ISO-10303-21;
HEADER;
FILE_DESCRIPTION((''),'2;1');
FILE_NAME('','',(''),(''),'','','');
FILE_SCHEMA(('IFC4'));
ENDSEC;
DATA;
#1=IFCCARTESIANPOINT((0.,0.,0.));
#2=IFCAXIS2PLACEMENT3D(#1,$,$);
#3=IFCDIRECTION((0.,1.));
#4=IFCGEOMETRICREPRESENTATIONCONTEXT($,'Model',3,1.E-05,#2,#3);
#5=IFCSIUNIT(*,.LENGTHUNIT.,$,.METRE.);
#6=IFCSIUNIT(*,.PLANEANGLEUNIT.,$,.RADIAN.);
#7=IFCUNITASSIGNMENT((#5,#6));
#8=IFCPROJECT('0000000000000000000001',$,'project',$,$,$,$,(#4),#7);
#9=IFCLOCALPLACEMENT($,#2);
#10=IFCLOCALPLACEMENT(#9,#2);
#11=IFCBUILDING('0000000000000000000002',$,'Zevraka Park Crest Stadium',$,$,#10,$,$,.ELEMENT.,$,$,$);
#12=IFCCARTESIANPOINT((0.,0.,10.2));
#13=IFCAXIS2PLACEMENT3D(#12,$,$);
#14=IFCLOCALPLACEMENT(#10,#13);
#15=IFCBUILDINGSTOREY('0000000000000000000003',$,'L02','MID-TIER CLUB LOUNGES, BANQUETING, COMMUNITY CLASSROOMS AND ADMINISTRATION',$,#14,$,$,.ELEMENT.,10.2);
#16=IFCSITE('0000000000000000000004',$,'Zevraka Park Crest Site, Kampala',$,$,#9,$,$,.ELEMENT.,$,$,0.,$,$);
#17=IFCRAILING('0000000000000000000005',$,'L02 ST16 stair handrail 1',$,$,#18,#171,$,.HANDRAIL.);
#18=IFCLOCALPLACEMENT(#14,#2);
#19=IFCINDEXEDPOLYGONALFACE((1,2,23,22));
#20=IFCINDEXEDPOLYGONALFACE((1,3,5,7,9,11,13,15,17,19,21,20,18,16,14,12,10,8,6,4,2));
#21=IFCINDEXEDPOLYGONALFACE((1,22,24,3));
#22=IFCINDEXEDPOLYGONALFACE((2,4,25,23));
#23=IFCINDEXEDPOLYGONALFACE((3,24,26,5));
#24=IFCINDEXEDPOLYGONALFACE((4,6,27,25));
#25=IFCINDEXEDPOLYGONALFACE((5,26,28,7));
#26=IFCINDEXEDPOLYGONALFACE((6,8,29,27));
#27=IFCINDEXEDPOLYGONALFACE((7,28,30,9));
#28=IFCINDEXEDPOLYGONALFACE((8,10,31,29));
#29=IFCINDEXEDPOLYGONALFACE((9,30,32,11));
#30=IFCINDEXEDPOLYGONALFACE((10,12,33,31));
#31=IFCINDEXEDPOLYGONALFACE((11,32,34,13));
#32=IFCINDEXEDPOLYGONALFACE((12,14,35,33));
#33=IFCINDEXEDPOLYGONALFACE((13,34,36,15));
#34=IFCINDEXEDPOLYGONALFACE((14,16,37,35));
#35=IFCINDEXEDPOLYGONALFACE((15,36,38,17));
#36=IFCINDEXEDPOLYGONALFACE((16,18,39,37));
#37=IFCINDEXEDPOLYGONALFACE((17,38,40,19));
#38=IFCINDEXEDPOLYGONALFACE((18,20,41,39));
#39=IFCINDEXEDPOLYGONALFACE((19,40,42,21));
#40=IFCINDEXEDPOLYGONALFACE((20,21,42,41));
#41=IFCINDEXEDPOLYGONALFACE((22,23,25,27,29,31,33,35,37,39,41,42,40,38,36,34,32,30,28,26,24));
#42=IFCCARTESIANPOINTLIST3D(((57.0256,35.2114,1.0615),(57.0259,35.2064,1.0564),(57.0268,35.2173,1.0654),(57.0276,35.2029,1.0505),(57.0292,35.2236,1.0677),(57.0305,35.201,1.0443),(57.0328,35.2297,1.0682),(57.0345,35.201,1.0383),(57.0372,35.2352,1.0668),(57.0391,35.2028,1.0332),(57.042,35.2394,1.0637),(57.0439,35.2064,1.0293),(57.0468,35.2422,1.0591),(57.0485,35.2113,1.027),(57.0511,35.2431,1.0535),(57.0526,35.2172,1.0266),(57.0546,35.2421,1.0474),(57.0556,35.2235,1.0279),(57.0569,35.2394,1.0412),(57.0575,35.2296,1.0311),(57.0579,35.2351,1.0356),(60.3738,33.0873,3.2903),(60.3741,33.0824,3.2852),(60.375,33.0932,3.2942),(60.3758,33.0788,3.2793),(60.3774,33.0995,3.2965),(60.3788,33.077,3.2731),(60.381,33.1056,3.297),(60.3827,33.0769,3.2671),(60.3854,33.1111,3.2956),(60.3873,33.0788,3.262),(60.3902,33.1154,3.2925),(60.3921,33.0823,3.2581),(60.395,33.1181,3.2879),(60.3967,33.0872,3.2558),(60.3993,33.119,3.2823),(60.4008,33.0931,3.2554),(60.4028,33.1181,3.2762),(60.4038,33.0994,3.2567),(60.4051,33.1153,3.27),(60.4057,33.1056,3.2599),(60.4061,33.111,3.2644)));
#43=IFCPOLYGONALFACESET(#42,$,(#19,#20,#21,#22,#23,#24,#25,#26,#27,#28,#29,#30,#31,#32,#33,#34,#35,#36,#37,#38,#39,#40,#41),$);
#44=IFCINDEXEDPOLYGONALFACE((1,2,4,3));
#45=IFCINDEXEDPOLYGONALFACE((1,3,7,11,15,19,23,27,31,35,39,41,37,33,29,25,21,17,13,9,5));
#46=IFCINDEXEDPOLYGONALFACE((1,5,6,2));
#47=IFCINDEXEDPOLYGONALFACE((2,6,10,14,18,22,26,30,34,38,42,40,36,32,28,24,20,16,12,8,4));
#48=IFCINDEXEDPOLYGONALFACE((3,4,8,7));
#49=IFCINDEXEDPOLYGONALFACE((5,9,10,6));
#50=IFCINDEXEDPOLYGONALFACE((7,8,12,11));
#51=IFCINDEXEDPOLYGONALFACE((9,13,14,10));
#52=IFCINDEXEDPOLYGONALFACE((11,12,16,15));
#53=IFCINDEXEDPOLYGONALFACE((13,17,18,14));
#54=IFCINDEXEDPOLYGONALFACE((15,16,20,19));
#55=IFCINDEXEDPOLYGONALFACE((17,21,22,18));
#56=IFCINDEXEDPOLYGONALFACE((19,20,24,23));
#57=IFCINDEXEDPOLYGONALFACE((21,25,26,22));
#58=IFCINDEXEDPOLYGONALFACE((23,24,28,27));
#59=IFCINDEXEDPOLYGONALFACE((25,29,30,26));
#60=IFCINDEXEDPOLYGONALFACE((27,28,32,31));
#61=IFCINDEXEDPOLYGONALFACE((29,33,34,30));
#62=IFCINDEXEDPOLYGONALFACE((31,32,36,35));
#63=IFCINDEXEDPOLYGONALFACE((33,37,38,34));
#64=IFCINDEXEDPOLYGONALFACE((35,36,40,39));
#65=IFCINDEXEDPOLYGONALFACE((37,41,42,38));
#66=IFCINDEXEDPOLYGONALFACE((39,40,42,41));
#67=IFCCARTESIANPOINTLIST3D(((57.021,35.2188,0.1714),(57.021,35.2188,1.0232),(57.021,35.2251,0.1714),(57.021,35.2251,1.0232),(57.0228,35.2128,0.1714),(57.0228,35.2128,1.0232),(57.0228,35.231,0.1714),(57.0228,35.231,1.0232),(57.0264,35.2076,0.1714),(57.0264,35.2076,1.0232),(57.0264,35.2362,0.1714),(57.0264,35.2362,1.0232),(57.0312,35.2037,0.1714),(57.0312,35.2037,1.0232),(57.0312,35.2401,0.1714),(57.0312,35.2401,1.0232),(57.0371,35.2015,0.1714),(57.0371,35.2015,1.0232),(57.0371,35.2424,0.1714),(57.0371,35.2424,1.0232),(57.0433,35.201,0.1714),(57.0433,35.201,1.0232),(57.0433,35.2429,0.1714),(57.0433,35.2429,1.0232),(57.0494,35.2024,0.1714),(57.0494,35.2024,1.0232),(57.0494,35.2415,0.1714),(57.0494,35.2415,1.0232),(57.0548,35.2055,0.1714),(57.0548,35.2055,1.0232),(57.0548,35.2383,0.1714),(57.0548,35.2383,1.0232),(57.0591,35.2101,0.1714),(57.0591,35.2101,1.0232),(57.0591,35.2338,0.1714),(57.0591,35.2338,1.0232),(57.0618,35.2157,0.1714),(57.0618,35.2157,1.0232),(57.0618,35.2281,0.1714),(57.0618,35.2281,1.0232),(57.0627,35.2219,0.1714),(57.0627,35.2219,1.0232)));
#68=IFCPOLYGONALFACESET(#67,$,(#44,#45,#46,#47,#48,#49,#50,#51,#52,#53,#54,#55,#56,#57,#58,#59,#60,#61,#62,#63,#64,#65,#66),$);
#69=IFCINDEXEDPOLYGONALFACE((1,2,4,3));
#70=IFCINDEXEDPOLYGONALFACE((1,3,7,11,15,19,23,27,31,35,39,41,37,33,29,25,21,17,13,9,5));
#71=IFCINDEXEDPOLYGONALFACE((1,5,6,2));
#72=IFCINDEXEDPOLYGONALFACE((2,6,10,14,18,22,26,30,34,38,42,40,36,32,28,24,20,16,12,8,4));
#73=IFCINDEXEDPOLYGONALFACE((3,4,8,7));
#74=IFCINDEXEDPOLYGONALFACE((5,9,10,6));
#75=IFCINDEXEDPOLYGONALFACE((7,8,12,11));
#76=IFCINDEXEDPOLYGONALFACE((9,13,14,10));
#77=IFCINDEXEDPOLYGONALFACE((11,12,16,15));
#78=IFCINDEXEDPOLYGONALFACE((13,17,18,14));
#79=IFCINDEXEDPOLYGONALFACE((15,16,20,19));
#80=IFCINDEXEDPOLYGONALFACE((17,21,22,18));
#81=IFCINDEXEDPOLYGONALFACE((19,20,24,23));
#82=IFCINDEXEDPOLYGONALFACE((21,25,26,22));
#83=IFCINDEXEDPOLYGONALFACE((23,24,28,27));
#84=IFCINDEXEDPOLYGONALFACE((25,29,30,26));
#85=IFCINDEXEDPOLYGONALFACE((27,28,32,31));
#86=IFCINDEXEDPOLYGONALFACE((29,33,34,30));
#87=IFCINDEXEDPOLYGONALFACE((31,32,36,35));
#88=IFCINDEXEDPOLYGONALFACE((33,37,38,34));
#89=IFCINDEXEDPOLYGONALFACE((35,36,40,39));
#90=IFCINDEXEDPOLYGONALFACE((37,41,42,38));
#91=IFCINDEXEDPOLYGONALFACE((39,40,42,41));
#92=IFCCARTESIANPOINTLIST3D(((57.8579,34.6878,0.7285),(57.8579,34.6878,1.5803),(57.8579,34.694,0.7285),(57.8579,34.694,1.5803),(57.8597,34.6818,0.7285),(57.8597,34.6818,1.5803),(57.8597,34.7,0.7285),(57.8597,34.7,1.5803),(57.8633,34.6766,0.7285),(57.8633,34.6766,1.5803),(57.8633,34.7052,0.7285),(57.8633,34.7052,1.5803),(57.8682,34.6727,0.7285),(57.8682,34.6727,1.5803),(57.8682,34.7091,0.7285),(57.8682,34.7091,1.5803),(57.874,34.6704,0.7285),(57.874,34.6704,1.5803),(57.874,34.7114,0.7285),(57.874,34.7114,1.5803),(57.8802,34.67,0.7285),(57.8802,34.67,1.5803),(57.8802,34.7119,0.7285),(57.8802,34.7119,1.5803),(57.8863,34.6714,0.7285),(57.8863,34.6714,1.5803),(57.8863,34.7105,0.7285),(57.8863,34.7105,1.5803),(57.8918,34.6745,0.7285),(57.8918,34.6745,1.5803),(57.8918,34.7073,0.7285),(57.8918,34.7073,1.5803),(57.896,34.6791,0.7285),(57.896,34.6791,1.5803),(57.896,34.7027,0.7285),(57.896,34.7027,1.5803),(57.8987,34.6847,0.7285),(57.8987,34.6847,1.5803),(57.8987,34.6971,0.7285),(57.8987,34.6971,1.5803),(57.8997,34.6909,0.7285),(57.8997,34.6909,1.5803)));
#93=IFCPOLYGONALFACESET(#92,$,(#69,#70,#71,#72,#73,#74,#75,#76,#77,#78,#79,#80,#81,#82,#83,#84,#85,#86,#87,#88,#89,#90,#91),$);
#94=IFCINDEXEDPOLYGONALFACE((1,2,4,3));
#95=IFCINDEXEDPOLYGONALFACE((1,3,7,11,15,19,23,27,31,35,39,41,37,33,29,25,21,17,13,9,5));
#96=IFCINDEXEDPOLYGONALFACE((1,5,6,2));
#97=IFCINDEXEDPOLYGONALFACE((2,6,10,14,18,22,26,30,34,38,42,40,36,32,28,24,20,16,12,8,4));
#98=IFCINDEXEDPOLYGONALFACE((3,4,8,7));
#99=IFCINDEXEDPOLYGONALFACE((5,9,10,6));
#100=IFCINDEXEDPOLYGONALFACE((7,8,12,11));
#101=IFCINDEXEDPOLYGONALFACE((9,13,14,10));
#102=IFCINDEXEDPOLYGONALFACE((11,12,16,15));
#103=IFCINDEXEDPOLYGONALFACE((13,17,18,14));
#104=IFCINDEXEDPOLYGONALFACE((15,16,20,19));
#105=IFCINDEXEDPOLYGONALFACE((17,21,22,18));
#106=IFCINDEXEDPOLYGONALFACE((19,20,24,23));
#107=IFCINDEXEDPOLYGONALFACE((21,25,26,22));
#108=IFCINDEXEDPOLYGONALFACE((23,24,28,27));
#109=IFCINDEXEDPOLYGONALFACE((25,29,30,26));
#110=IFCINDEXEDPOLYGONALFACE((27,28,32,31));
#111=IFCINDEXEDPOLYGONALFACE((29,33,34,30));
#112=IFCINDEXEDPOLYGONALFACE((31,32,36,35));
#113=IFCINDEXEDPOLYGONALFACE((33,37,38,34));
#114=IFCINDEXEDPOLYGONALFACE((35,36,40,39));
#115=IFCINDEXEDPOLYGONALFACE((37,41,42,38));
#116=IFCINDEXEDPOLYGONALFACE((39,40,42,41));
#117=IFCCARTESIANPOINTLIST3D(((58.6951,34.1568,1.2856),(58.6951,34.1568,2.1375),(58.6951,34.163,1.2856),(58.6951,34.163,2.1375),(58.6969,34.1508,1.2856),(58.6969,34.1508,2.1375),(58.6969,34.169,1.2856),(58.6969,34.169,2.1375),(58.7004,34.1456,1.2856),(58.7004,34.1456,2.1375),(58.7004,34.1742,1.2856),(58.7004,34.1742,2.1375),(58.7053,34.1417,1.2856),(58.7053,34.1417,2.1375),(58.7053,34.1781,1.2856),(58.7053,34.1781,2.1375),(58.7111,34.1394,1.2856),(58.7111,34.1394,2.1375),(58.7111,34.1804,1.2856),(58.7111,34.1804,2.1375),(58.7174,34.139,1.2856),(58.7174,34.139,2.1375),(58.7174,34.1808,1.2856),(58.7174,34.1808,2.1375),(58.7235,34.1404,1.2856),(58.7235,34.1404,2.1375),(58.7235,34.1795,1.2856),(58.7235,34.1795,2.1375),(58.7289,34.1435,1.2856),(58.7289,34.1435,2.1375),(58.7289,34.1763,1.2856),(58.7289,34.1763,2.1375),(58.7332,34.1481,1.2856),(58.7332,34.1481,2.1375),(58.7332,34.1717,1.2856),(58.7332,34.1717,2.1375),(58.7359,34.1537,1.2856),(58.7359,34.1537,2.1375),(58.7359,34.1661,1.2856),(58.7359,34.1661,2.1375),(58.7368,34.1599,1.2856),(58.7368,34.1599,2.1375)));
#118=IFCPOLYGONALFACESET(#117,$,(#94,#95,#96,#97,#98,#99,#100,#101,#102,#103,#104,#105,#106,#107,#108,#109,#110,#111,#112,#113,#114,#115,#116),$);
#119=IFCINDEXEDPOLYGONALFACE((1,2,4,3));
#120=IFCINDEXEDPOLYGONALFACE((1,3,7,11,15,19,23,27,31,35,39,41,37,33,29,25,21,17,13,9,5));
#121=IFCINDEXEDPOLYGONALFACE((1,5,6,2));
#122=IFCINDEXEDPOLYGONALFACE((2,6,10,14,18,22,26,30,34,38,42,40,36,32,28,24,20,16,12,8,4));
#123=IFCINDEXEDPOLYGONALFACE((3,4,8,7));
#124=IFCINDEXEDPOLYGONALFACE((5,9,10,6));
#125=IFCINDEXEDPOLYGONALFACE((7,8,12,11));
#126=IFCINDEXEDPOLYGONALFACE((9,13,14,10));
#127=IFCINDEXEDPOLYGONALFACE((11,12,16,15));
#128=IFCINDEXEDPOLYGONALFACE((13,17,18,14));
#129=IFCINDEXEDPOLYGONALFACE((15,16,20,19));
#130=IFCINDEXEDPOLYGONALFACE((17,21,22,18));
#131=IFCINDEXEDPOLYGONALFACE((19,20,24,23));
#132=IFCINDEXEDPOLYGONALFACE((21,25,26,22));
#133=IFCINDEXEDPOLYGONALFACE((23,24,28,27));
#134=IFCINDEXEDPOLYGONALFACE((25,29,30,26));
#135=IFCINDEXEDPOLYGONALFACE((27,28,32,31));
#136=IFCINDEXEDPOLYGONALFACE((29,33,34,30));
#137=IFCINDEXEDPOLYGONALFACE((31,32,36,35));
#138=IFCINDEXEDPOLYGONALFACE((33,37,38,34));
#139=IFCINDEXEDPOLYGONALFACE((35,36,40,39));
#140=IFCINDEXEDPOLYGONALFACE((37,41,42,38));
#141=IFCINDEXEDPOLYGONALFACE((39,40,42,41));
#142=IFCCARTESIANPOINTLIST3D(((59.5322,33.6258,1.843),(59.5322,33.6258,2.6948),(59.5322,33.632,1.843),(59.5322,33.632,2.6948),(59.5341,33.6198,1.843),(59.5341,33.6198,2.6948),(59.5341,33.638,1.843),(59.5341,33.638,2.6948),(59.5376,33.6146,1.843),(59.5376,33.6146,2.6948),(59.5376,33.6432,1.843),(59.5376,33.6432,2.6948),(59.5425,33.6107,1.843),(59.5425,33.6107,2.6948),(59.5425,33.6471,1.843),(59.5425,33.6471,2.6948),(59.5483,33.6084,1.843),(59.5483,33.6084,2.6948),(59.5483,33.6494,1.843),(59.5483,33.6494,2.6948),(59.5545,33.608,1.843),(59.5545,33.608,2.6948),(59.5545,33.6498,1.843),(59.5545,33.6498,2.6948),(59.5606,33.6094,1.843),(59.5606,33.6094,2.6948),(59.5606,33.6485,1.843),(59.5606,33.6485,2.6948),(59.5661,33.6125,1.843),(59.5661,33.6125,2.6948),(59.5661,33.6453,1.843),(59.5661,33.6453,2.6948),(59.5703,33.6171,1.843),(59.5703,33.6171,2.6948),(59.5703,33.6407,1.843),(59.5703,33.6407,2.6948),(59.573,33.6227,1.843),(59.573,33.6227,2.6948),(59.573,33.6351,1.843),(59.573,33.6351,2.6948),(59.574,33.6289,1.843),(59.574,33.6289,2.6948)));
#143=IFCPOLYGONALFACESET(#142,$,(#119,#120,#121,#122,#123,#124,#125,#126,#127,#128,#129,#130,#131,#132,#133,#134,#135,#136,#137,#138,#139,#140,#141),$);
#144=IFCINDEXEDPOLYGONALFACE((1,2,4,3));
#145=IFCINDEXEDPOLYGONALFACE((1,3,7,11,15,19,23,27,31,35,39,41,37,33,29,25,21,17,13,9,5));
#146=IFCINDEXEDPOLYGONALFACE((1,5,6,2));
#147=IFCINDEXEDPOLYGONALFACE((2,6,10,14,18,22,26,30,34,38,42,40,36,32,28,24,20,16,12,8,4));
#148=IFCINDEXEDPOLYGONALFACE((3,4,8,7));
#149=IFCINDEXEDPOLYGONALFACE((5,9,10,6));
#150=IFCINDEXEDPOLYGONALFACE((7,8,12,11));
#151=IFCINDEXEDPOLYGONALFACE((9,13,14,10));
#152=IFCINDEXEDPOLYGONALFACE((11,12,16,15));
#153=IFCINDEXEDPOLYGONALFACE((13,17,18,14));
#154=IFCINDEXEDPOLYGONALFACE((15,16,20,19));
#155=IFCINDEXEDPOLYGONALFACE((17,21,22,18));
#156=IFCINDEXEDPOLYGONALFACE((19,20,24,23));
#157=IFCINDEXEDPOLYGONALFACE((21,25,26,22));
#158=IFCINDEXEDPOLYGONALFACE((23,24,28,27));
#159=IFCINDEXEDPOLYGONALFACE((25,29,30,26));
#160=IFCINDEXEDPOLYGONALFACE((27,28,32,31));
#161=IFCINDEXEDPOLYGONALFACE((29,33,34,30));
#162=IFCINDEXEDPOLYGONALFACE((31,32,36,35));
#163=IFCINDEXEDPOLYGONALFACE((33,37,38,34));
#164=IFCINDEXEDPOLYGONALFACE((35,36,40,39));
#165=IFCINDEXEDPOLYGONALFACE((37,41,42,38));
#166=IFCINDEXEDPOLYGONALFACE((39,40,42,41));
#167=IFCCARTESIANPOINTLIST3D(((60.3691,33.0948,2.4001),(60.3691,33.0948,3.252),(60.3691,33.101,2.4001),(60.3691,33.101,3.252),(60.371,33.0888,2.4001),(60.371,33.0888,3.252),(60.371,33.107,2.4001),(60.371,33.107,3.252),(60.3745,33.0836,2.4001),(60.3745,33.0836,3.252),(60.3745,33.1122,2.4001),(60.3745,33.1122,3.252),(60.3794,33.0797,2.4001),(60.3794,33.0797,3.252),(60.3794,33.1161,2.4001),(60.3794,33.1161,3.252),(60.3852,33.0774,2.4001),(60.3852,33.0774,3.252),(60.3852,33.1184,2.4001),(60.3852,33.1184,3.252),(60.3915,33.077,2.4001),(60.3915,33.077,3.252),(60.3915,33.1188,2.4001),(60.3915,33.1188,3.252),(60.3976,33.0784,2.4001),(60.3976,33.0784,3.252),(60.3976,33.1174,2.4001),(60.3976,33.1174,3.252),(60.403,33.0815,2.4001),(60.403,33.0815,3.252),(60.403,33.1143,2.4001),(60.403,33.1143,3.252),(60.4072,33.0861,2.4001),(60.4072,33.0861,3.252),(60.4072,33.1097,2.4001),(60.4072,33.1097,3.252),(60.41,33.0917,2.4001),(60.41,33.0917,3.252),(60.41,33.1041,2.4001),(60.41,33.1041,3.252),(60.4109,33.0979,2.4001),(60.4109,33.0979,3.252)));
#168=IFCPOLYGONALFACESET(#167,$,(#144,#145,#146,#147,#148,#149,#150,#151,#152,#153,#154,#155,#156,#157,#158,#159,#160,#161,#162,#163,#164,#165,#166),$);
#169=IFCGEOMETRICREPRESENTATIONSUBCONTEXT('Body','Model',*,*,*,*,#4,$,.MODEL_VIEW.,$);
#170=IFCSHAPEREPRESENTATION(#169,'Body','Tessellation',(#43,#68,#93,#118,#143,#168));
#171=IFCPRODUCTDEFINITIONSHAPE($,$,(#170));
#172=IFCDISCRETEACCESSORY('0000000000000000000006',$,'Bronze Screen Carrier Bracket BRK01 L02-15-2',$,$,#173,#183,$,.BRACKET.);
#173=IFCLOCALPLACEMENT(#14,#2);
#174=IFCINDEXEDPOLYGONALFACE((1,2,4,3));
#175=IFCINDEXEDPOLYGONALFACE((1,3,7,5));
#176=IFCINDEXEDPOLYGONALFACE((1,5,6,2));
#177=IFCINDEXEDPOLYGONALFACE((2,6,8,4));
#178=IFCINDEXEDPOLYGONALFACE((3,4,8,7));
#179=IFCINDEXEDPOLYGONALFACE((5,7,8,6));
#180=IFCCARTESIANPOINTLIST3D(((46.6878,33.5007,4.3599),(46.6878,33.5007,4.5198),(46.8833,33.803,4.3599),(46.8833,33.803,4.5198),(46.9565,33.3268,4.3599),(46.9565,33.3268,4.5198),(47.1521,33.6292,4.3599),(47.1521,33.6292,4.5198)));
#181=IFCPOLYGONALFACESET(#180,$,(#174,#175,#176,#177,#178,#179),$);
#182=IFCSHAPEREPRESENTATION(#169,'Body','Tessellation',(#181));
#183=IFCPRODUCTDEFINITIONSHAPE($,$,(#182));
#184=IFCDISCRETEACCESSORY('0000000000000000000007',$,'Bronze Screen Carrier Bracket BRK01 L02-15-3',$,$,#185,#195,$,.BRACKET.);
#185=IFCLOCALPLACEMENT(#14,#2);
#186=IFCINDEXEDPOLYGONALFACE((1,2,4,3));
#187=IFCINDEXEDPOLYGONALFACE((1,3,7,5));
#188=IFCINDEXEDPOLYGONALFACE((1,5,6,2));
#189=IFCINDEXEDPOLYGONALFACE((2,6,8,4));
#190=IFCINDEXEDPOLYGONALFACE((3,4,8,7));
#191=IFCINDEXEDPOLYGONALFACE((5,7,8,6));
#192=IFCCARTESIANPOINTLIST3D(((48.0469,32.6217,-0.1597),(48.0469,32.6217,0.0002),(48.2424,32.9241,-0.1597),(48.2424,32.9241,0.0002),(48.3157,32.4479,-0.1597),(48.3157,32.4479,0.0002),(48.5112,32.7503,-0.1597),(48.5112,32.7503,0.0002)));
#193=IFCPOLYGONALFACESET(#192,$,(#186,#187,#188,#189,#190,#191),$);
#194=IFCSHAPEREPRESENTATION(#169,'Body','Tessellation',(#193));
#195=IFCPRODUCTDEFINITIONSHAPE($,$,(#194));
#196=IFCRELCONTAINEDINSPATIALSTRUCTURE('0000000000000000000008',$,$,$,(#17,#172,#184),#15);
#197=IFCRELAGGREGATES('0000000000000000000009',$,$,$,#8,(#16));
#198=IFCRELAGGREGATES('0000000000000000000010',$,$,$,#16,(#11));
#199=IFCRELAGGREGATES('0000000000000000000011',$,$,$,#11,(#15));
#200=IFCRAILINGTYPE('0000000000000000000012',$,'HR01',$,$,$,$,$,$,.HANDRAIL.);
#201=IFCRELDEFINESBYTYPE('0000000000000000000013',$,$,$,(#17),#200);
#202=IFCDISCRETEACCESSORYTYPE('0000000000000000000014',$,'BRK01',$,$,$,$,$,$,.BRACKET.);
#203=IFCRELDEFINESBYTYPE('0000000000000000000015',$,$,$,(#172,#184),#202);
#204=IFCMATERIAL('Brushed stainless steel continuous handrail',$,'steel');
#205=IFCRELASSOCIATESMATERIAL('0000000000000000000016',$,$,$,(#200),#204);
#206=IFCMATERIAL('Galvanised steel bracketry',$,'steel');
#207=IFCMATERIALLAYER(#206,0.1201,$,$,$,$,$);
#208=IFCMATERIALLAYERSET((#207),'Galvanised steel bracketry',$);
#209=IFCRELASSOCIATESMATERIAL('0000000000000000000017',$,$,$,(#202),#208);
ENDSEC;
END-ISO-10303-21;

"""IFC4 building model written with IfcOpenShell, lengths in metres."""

from ifc_helpers import new_model, si_unit, direction, frame, origin, origin_2d, place, context, subcontext, project, spatial, rectangle, circle, extrude, material, layer, layer_set, type_object, element, save


model = new_model("IFC4")

# Units and contexts
model_context = context("Model", 3, precision=1e-05, world=origin(), true_north=direction((0.0, 1.0)))
body_context = subcontext(model_context, "Body", "Model", "MODEL_VIEW")
ifc_project = project(units=[si_unit("LENGTHUNIT", "METRE"), si_unit("PLANEANGLEUNIT", "RADIAN")], contexts=[model_context])

# Site, building, storey
site_placement = place(None, origin())
site = spatial("IfcSite", under=ifc_project, at=site_placement, Name="Zevraka Park Crest Site, Kampala", CompositionType="ELEMENT", RefElevation=0.0)
building_placement = place(site_placement, origin())
building = spatial("IfcBuilding", under=site, at=building_placement, Name="Zevraka Park Crest Stadium", CompositionType="ELEMENT")
storey_placement = place(building_placement, frame((0.0, 0.0, 10.2)))
storey = spatial("IfcBuildingStorey", under=building, at=storey_placement, Name="L02", Description="MID-TIER CLUB LOUNGES, BANQUETING, COMMUNITY CLASSROOMS AND ADMINISTRATION", CompositionType="ELEMENT", Elevation=10.2)

# Railing
ifc_material_1 = material(Name="Brushed stainless steel continuous handrail", Category="steel")
railing_type_1 = type_object("IfcRailingType", Name="HR01", PredefinedType="HANDRAIL", material=ifc_material_1)
railing_1_placement = place(storey_placement, frame((57.0417, 35.2219, 0.1714)))
element("IfcRailing", 1, at=railing_1_placement, inside=storey, type_object=railing_type_1, Name="L02 ST16 stair handrail 1", PredefinedType="HANDRAIL", context=body_context, shape_type="SweptSolid", body=[
    extrude(circle(Radius=0.0239, at=origin_2d()), frame((0.0, 0.0, 0.876), z_axis=(0.736097, -0.466972, 0.489998), x_axis=(0.535688, 0.844416, 0.0)), (0.0, 0.0, 1.0), 4.5486),
    extrude(circle(Radius=0.021, at=origin_2d()), origin(), (0.0, 0.0, 1.0), 0.8518),
    extrude(circle(Radius=0.021, at=origin_2d()), frame((0.8369, -0.531, 0.5571)), (0.0, 0.0, 1.0), 0.8518),
    extrude(circle(Radius=0.021, at=origin_2d()), frame((1.6741, -1.062, 1.1143)), (0.0, 0.0, 1.0), 0.8518),
    extrude(circle(Radius=0.021, at=origin_2d()), frame((2.5112, -1.593, 1.6716)), (0.0, 0.0, 1.0), 0.8518),
    extrude(circle(Radius=0.021, at=origin_2d()), frame((3.3481, -2.124, 2.2288)), (0.0, 0.0, 1.0), 0.8518),
])

# Discrete accessories
ifc_material_2 = material(Name="Galvanised steel bracketry", Category="steel")
ifc_layer_1 = layer(ifc_material_2, 0.1201)
ifc_layer_set_1 = layer_set([ifc_layer_1], Name="Galvanised steel bracketry")
discrete_accessory_type = type_object("IfcDiscreteAccessoryType", Name="BRK01", PredefinedType="BRACKET", material=ifc_layer_set_1)
for number, where, z_axis, x_axis, name in (
    (2, (46.9199, 33.5649, 4.3599), (0.0, 0.0, 1.0), (0.839715, -0.543028, 0.0), "Bronze Screen Carrier Bracket BRK01 L02-15-2"),
    (3, (48.2791, 32.686, -0.1597), (0.0, 0.0, 1.0), (0.839715, -0.543028, 0.0), "Bronze Screen Carrier Bracket BRK01 L02-15-3"),
):
    element("IfcDiscreteAccessory", number, at=place(storey_placement, frame(where, z_axis=z_axis, x_axis=x_axis)), inside=storey, type_object=discrete_accessory_type, Name=name, PredefinedType="BRACKET", context=body_context, shape_type="SweptSolid", body=[
        extrude(rectangle(XDim=0.3201, YDim=0.3601, at=origin_2d()), origin(), (0.0, 0.0, 1.0), 0.1599),
    ])

save(model, "model.ifc")
